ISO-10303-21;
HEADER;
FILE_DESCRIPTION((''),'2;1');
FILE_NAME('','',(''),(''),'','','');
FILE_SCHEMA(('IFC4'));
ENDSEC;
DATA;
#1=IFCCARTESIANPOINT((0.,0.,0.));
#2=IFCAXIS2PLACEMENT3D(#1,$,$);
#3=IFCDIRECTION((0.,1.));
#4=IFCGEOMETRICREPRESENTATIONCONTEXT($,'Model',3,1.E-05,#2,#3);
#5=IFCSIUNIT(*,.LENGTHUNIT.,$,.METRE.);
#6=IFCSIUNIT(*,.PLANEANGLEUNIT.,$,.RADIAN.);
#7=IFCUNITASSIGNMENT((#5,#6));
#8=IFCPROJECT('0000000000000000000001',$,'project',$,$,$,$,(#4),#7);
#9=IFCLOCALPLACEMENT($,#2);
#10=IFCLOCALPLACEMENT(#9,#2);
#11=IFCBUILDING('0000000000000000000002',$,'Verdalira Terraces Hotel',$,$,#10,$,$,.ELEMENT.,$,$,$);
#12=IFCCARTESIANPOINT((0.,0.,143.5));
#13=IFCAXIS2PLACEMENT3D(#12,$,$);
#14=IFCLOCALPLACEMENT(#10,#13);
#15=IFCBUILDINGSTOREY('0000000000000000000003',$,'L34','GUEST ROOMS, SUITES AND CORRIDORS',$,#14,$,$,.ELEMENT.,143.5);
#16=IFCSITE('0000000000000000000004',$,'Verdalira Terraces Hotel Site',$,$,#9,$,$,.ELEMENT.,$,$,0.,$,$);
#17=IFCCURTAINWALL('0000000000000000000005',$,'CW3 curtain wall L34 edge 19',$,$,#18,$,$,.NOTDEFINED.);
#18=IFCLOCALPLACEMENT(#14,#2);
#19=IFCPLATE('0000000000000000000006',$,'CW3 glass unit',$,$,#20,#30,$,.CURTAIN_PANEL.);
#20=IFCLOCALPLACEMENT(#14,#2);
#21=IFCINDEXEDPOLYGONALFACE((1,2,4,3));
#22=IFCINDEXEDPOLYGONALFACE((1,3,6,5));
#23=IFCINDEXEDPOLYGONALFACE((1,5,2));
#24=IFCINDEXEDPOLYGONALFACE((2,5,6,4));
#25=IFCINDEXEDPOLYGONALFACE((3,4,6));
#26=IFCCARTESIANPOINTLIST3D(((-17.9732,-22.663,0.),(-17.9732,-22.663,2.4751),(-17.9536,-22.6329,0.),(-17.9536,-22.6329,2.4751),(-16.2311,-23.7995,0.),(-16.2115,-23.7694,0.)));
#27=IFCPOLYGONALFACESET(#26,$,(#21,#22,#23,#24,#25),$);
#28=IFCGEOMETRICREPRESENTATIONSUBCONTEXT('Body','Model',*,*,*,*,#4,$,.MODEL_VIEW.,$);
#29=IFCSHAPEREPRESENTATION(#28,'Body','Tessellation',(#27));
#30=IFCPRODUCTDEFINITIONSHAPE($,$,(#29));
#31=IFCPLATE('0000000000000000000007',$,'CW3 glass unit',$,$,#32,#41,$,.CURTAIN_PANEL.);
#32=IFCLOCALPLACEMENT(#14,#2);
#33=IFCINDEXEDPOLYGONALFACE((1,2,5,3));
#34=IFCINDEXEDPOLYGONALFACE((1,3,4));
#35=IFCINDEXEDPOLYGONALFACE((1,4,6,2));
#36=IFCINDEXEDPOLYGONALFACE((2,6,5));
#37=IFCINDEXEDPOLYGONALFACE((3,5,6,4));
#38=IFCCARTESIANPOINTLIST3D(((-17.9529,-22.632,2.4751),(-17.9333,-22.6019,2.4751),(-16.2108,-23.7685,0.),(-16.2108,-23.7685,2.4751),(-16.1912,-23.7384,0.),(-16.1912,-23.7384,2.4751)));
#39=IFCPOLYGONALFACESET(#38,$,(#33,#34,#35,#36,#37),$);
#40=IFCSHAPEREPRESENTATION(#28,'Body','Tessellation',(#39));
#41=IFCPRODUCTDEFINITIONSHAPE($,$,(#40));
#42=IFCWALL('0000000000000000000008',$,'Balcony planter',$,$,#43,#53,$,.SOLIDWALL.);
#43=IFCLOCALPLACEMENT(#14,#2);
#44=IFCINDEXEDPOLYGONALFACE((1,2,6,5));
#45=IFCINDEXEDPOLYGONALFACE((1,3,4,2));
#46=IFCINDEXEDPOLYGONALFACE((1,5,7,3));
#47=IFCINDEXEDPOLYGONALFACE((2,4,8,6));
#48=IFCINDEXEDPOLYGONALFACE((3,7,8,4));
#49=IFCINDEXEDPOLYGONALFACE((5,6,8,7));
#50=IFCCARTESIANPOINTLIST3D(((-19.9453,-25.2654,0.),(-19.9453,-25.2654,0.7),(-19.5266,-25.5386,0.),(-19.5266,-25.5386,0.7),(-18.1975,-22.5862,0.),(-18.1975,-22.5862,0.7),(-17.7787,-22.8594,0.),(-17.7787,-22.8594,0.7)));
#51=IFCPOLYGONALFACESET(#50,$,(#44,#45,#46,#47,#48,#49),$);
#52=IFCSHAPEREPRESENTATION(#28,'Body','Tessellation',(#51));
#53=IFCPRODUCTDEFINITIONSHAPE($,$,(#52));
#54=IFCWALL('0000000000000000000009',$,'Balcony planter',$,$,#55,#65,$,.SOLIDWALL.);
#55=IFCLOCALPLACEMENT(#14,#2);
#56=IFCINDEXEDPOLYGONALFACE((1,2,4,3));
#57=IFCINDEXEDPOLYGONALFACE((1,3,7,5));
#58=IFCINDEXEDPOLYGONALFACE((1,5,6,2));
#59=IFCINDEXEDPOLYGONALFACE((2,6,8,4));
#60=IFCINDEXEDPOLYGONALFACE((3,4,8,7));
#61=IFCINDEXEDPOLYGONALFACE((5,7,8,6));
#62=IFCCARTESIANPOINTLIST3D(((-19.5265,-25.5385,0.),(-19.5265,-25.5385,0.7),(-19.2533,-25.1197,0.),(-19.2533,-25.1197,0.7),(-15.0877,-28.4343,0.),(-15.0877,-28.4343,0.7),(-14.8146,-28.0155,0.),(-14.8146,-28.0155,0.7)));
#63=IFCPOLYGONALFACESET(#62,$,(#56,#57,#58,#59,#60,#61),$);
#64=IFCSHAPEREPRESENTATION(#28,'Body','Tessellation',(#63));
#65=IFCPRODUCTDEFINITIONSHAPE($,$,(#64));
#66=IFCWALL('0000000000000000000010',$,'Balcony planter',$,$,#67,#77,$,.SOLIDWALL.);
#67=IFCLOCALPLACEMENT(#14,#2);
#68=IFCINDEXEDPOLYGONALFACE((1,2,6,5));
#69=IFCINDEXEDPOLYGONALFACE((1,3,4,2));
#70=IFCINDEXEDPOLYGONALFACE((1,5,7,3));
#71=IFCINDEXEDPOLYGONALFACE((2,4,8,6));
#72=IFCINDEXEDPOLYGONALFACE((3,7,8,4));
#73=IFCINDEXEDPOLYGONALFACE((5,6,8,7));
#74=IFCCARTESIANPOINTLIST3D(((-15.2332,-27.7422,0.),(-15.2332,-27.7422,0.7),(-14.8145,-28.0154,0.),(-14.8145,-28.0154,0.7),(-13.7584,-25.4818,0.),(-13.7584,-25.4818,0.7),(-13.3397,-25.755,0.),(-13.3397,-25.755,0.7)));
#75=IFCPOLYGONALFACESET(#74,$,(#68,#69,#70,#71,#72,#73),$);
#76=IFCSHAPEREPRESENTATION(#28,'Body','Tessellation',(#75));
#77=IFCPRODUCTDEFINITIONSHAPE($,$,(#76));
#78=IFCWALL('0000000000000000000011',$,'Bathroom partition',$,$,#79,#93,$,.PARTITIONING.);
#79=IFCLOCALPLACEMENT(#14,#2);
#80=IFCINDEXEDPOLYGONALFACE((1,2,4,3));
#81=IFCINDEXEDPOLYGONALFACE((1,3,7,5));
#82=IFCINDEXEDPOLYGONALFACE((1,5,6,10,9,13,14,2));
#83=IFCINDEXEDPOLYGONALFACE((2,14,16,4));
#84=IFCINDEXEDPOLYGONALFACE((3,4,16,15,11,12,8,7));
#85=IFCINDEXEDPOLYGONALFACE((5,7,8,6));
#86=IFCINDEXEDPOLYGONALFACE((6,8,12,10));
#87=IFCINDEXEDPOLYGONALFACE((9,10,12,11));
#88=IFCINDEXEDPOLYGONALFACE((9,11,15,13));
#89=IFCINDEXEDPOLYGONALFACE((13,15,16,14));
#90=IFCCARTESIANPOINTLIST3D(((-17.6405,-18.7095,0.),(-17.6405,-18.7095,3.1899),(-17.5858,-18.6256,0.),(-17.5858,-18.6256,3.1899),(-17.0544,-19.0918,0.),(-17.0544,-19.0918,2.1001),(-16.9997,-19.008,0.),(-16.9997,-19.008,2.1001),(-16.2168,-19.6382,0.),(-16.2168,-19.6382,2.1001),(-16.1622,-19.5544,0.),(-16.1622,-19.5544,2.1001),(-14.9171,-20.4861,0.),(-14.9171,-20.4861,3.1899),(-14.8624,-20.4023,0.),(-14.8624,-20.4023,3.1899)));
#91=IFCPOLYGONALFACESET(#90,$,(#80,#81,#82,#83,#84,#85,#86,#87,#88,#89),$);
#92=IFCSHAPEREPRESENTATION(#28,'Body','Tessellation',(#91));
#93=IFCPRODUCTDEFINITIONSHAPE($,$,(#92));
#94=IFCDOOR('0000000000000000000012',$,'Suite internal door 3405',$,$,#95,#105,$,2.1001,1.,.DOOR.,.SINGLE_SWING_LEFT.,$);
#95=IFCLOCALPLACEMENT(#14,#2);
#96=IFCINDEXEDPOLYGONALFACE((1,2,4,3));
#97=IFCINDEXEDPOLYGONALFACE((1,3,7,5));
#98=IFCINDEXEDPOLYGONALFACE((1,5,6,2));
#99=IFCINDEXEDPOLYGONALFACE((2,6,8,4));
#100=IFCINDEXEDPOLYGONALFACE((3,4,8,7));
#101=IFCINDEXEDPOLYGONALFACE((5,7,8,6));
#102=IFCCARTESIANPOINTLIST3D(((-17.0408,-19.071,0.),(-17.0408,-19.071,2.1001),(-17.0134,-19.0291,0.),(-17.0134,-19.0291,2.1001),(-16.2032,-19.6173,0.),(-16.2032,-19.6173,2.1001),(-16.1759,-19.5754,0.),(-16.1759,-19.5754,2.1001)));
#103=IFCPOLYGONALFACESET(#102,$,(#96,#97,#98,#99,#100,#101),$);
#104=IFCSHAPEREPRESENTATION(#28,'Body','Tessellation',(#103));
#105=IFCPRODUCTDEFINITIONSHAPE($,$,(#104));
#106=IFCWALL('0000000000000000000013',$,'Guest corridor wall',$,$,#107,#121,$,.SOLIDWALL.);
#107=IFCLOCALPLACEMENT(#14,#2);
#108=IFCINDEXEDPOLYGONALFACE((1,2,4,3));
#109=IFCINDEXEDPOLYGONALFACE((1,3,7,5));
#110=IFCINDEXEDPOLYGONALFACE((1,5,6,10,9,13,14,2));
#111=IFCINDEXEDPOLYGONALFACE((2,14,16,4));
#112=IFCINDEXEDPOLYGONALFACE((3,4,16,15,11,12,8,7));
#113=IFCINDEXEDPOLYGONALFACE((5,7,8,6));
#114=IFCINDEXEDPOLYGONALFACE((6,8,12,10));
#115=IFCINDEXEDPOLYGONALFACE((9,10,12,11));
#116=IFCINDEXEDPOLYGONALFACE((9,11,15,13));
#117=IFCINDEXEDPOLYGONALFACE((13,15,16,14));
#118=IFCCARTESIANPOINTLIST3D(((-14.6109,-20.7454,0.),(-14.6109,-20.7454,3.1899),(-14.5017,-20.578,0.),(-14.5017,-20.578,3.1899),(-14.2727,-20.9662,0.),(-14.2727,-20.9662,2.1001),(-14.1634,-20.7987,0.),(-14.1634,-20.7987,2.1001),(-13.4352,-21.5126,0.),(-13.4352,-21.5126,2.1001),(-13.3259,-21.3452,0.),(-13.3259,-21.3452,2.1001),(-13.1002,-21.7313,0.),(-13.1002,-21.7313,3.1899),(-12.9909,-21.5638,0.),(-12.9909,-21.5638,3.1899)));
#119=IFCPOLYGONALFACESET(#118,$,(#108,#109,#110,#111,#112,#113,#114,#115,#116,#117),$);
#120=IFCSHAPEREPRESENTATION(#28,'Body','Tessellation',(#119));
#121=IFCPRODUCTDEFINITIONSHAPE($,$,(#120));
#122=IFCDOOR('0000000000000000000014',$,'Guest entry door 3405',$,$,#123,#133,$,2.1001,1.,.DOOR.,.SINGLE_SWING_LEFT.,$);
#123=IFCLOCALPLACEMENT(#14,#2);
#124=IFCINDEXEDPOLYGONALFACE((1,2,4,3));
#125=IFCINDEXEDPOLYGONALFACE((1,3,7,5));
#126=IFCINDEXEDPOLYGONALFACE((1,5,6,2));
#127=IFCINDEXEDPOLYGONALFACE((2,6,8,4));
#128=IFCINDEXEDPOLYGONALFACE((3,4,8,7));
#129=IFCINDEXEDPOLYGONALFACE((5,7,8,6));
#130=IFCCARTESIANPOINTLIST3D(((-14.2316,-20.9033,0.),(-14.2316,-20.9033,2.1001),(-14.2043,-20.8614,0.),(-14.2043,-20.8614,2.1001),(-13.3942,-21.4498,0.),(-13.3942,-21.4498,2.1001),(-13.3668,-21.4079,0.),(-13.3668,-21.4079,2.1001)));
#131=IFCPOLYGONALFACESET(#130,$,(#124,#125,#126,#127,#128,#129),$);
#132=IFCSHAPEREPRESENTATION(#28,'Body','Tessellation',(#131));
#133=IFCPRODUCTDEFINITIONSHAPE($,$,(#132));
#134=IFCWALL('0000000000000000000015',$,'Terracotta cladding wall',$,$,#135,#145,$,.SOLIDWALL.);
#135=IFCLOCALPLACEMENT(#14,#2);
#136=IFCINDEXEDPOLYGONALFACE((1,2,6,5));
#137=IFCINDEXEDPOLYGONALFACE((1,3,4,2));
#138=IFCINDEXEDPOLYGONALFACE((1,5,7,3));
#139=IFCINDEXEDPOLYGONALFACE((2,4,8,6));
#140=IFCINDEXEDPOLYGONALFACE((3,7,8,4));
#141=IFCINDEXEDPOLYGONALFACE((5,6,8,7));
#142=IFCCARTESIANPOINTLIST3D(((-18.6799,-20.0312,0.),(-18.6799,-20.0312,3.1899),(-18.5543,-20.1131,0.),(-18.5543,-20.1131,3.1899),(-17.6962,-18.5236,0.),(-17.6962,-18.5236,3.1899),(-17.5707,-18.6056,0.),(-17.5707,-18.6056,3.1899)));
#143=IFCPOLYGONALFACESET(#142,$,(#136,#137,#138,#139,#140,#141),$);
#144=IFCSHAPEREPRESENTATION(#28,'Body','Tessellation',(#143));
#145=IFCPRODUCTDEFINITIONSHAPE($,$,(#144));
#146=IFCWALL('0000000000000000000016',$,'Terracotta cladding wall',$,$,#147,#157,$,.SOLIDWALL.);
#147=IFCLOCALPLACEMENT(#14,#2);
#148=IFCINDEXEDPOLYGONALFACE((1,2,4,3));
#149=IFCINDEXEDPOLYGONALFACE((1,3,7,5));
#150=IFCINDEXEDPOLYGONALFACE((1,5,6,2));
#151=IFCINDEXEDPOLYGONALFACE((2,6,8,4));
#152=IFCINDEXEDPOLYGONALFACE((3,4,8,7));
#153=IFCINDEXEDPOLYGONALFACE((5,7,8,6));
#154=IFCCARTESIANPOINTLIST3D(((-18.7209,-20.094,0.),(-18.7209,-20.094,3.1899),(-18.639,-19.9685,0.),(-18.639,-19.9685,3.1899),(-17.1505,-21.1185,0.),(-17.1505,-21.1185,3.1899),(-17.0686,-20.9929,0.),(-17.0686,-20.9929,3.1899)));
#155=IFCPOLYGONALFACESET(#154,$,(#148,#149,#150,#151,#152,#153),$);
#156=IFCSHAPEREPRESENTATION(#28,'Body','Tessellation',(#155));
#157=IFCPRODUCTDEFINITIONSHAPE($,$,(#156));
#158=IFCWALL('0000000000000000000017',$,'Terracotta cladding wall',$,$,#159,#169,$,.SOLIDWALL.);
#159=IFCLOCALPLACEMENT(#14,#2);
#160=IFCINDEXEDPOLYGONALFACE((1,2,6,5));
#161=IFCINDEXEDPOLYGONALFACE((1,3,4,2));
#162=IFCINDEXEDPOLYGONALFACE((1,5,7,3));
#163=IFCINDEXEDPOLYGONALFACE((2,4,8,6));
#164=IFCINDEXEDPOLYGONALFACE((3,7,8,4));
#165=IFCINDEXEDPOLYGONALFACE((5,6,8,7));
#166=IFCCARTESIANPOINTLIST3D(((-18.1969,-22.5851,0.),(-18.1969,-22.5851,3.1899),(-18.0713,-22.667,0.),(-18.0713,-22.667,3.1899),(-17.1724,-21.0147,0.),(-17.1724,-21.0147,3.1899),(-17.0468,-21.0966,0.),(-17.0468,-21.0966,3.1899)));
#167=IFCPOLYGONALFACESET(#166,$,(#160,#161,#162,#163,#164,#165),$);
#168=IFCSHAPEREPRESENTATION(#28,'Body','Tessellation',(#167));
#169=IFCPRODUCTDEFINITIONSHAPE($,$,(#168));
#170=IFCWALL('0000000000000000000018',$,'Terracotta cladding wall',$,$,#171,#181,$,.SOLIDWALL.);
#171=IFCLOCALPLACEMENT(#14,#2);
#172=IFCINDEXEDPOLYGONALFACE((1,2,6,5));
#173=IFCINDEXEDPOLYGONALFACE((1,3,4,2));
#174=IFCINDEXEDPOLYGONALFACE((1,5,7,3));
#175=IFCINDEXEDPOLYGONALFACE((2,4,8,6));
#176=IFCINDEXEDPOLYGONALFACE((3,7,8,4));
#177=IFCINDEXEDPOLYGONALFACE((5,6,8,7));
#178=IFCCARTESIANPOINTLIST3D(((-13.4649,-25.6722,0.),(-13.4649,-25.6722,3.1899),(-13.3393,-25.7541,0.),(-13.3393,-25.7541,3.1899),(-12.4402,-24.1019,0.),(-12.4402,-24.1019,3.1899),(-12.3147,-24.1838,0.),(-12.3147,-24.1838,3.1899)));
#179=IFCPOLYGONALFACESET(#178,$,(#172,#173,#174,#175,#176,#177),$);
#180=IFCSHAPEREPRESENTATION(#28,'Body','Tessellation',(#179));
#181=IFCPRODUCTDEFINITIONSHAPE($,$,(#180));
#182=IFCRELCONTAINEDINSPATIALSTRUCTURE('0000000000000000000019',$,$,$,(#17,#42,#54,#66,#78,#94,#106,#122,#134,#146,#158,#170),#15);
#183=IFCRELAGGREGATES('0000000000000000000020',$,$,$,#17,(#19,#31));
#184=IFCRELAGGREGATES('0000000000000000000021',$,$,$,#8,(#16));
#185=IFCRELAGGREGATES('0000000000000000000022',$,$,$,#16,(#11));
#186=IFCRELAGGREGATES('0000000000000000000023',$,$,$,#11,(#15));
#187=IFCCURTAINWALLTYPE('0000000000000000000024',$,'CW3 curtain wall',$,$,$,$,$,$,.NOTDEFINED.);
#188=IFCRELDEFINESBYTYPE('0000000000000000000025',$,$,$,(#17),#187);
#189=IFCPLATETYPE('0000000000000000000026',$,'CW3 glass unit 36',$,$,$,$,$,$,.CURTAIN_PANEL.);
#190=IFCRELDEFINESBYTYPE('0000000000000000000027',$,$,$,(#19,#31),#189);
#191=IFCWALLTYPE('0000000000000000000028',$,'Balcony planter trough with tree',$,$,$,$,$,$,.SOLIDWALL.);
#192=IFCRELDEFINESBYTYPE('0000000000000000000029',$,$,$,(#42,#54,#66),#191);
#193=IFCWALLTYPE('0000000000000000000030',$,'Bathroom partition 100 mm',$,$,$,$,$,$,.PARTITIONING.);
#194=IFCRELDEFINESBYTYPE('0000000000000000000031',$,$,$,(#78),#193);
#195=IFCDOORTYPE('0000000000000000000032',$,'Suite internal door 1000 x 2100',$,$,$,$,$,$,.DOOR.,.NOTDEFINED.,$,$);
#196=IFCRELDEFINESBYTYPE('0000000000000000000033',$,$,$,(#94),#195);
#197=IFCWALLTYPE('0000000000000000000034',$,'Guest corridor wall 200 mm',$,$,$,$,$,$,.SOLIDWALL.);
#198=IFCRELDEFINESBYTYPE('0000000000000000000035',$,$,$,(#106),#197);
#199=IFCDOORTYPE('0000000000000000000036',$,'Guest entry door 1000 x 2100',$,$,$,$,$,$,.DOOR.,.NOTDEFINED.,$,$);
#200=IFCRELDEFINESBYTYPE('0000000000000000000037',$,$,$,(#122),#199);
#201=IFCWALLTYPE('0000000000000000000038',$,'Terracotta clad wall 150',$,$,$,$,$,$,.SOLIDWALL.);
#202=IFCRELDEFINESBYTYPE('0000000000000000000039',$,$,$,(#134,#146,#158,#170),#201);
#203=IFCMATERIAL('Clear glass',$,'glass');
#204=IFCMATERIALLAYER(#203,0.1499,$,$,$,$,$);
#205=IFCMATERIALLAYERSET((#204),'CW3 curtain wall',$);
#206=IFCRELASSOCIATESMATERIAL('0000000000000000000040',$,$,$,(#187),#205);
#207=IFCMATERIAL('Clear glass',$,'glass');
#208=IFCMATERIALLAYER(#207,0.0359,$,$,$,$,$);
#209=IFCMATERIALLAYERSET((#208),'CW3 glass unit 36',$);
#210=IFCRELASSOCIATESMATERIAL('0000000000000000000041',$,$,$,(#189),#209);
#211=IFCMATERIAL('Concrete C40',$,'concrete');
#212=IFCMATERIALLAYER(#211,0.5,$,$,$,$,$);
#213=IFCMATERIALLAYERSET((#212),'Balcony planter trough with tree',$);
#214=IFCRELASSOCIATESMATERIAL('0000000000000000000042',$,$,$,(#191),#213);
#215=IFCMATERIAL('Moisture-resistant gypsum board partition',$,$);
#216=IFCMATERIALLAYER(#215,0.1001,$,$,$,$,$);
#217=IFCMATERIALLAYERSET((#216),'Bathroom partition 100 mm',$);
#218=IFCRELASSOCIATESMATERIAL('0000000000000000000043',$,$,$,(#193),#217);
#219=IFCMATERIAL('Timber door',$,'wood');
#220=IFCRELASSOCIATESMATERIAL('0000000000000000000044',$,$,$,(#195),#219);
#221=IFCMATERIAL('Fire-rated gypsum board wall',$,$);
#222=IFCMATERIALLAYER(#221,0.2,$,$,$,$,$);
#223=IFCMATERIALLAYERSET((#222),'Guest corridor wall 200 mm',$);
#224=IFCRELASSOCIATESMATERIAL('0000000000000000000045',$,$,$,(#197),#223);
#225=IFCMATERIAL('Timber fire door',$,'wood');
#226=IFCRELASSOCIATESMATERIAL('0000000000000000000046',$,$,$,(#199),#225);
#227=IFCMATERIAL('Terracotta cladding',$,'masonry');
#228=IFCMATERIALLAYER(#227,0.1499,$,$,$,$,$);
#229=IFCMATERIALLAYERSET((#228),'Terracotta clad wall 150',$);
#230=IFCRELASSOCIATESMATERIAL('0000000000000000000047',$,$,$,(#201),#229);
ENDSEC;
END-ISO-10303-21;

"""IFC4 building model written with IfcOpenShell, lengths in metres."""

from ifc_helpers import new_model, si_unit, direction, frame, frame_2d, origin, place, context, subcontext, project, spatial, polyline, rectangle, outline, extrude, material, layer, layer_set, type_object, element, fill, aggregate, save


model = new_model("IFC4")

# Units and contexts
model_context = context("Model", 3, precision=1e-05, world=origin(), true_north=direction((0.0, 1.0)))
body_context = subcontext(model_context, "Body", "Model", "MODEL_VIEW")
ifc_project = project(units=[si_unit("LENGTHUNIT", "METRE"), si_unit("PLANEANGLEUNIT", "RADIAN")], contexts=[model_context])

# Site, building, storey
site_placement = place(None, origin())
site = spatial("IfcSite", under=ifc_project, at=site_placement, Name="Verdalira Terraces Hotel Site", CompositionType="ELEMENT", RefElevation=0.0)
building_placement = place(site_placement, origin())
building = spatial("IfcBuilding", under=site, at=building_placement, Name="Verdalira Terraces Hotel", CompositionType="ELEMENT")
storey_placement = place(building_placement, frame((0.0, 0.0, 143.5)))
storey = spatial("IfcBuildingStorey", under=building, at=storey_placement, Name="L34", Description="GUEST ROOMS, SUITES AND CORRIDORS", CompositionType="ELEMENT", Elevation=143.5)

# Curtain wall
ifc_material_1 = material(Name="Clear glass", Category="glass")
ifc_layer_1 = layer(ifc_material_1, 0.1499)
ifc_layer_set_1 = layer_set([ifc_layer_1], Name="CW3 curtain wall")
curtain_wall_type = type_object("IfcCurtainWallType", Name="CW3 curtain wall", PredefinedType="NOTDEFINED", material=ifc_layer_set_1)
curtain_wall_placement = place(storey_placement, origin())
curtain_wall = element("IfcCurtainWall", 1, at=curtain_wall_placement, inside=storey, type_object=curtain_wall_type, Name="CW3 curtain wall L34 edge 19", PredefinedType="NOTDEFINED")

# Plates
ifc_material_2 = material(Name="Clear glass", Category="glass")
ifc_layer_2 = layer(ifc_material_2, 0.0359)
ifc_layer_set_2 = layer_set([ifc_layer_2], Name="CW3 glass unit 36")
plate_type = type_object("IfcPlateType", Name="CW3 glass unit 36", PredefinedType="CURTAIN_PANEL", material=ifc_layer_set_2)
plate_1_placement = place(storey_placement, frame((-17.0825, -23.2012, 1.2375), z_axis=(-0.546394, -0.837528, 0.0), x_axis=(0.837528, -0.546394, 0.0)))
plate_1 = element("IfcPlate", 2, at=plate_1_placement, type_object=plate_type, Name="CW3 glass unit", PredefinedType="CURTAIN_PANEL", context=body_context, shape_type="SweptSolid", body=[
    extrude(outline(polyline([(-1.04, -1.2375), (1.04, -1.2375), (-1.04, 1.2375), (-1.04, -1.2375)])), origin(), (0.0, 0.0, 1.0), 0.0359),
])
plate_2_placement = place(storey_placement, frame((-17.0623, -23.1702, 1.2375), z_axis=(-0.546394, -0.837528, 0.0), x_axis=(0.837528, -0.546394, 0.0)))
plate_2 = element("IfcPlate", 3, at=plate_2_placement, type_object=plate_type, Name="CW3 glass unit", PredefinedType="CURTAIN_PANEL", context=body_context, shape_type="SweptSolid", body=[
    extrude(outline(polyline([(1.04, -1.2375), (1.04, 1.2375), (-1.04, 1.2375), (1.04, -1.2375)])), origin(), (0.0, 0.0, 1.0), 0.0359),
])
aggregate(curtain_wall, [plate_1, plate_2])

# Walls
ifc_material_3 = material(Name="Concrete C40", Category="concrete")
ifc_layer_3 = layer(ifc_material_3, 0.5)
ifc_layer_set_3 = layer_set([ifc_layer_3], Name="Balcony planter trough with tree")
wall_type_1 = type_object("IfcWallType", Name="Balcony planter trough with tree", PredefinedType="SOLIDWALL", material=ifc_layer_set_3)
wall_1_placement = place(storey_placement, frame((-17.988, -22.7227, 0.0), z_axis=(0.0, 0.0, 1.0), x_axis=(-0.546377, -0.837539, 0.0)))
element("IfcWall", 4, at=wall_1_placement, inside=storey, type_object=wall_type_1, Name="Balcony planter", PredefinedType="SOLIDWALL", context=body_context, shape_type="SweptSolid", body=[
    extrude(rectangle(XDim=3.199, YDim=0.5, at=frame_2d((1.5996, 0.0))), origin(), (0.0, 0.0, 1.0), 0.7),
])
wall_2_placement = place(storey_placement, frame((-19.3899, -25.3291, 0.0), z_axis=(0.0, 0.0, 1.0), x_axis=(0.83753, -0.546391, 0.0)))
element("IfcWall", 5, at=wall_2_placement, inside=storey, type_object=wall_type_1, Name="Balcony planter", PredefinedType="SOLIDWALL", context=body_context, shape_type="SweptSolid", body=[
    extrude(rectangle(XDim=5.2998, YDim=0.5, at=frame_2d((2.6499, 0.0))), origin(), (0.0, 0.0, 1.0), 0.7),
])
wall_3_placement = place(storey_placement, frame((-15.0239, -27.8789, 0.0), z_axis=(0.0, 0.0, 1.0), x_axis=(0.546428, 0.837506, 0.0)))
element("IfcWall", 6, at=wall_3_placement, inside=storey, type_object=wall_type_1, Name="Balcony planter", PredefinedType="SOLIDWALL", context=body_context, shape_type="SweptSolid", body=[
    extrude(rectangle(XDim=2.699, YDim=0.5, at=frame_2d((1.3496, 0.0))), origin(), (0.0, 0.0, 1.0), 0.7),
])

# Walls, openings, doors
ifc_material_4 = material(Name="Moisture-resistant gypsum board partition")
ifc_layer_4 = layer(ifc_material_4, 0.1001)
ifc_layer_set_4 = layer_set([ifc_layer_4], Name="Bathroom partition 100 mm")
wall_type_2 = type_object("IfcWallType", Name="Bathroom partition 100 mm", PredefinedType="PARTITIONING", material=ifc_layer_set_4)
wall_4_placement = place(storey_placement, frame((-17.6133, -18.6675, 0.0), z_axis=(0.0, 0.0, 1.0), x_axis=(0.837542, -0.546373, 0.0)))
wall_4 = element("IfcWall", 7, at=wall_4_placement, inside=storey, type_object=wall_type_2, Name="Bathroom partition", PredefinedType="PARTITIONING", context=body_context, shape_type="SweptSolid", body=[
    extrude(rectangle(XDim=3.2517, YDim=0.1001, at=frame_2d((1.626, 0.0))), origin(), (0.0, 0.0, 1.0), 3.1899),
])
opening_1_placement = place(wall_4_placement, frame((0.7, 0.0, 0.0)))
opening_1 = element("IfcOpeningElement", 8, at=opening_1_placement, cuts=wall_4, PredefinedType="OPENING", context=body_context, shape_type="SweptSolid", body=[
    extrude(rectangle(XDim=1.0, YDim=2.1001, at=frame_2d((0.5, 1.05))), frame((0.0, 0.0601, 0.0), z_axis=(0.0, -1.0, 0.0), x_axis=(1.0, 0.0, 0.0)), (0.0, 0.0, 1.0), 0.1201),
])
ifc_material_5 = material(Name="Timber door", Category="wood")
door_type_1 = type_object("IfcDoorType", Name="Suite internal door 1000 x 2100", OperationType="NOTDEFINED", PredefinedType="DOOR", material=ifc_material_5)
door_1_placement = place(opening_1_placement, origin())
door_1 = element("IfcDoor", 9, at=door_1_placement, inside=storey, type_object=door_type_1, Name="Suite internal door 3405", OperationType="SINGLE_SWING_LEFT", OverallHeight=2.1001, OverallWidth=1.0, PredefinedType="DOOR", context=body_context, shape_type="SweptSolid", body=[
    extrude(rectangle(XDim=1.0, YDim=2.1001, at=frame_2d((0.5, 1.05))), frame((0.0, 0.0249, 0.0), z_axis=(0.0, -1.0, 0.0), x_axis=(1.0, 0.0, 0.0)), (0.0, 0.0, 1.0), 0.05),
])
fill(opening_1, door_1)
ifc_material_6 = material(Name="Fire-rated gypsum board wall")
ifc_layer_5 = layer(ifc_material_6, 0.2)
ifc_layer_set_5 = layer_set([ifc_layer_5], Name="Guest corridor wall 200 mm")
wall_type_3 = type_object("IfcWallType", Name="Guest corridor wall 200 mm", PredefinedType="SOLIDWALL", material=ifc_layer_set_5)
wall_5_placement = place(storey_placement, frame((-13.0457, -21.6475, 0.0), z_axis=(0.0, 0.0, 1.0), x_axis=(-0.837465, 0.546491, 0.0)))
wall_5 = element("IfcWall", 10, at=wall_5_placement, inside=storey, type_object=wall_type_3, Name="Guest corridor wall", PredefinedType="SOLIDWALL", context=body_context, shape_type="SweptSolid", body=[
    extrude(rectangle(XDim=1.804, YDim=0.2, at=frame_2d((0.9019, 0.0))), origin(), (0.0, 0.0, 1.0), 3.1899),
])
opening_2_placement = place(wall_5_placement, frame((0.3999, 0.0, 0.0)))
opening_2 = element("IfcOpeningElement", 11, at=opening_2_placement, cuts=wall_5, PredefinedType="OPENING", context=body_context, shape_type="SweptSolid", body=[
    extrude(rectangle(XDim=1.0, YDim=2.1001, at=frame_2d((0.5, 1.05))), frame((0.0, 0.1099, 0.0), z_axis=(0.0, -1.0, 0.0), x_axis=(1.0, 0.0, 0.0)), (0.0, 0.0, 1.0), 0.22),
])
ifc_material_7 = material(Name="Timber fire door", Category="wood")
door_type_2 = type_object("IfcDoorType", Name="Guest entry door 1000 x 2100", OperationType="NOTDEFINED", PredefinedType="DOOR", material=ifc_material_7)
door_2_placement = place(opening_2_placement, origin())
door_2 = element("IfcDoor", 12, at=door_2_placement, inside=storey, type_object=door_type_2, Name="Guest entry door 3405", OperationType="SINGLE_SWING_LEFT", OverallHeight=2.1001, OverallWidth=1.0, PredefinedType="DOOR", context=body_context, shape_type="SweptSolid", body=[
    extrude(rectangle(XDim=1.0, YDim=2.1001, at=frame_2d((0.5, 1.05))), frame((0.0, 0.0249, 0.0), z_axis=(0.0, -1.0, 0.0), x_axis=(1.0, 0.0, 0.0)), (0.0, 0.0, 1.0), 0.05),
])
fill(opening_2, door_2)

# Walls
ifc_material_8 = material(Name="Terracotta cladding", Category="masonry")
ifc_layer_6 = layer(ifc_material_8, 0.1499)
ifc_layer_set_6 = layer_set([ifc_layer_6], Name="Terracotta clad wall 150")
wall_type_4 = type_object("IfcWallType", Name="Terracotta clad wall 150", PredefinedType="SOLIDWALL", material=ifc_layer_set_6)
wall_6_placement = place(storey_placement, frame((-17.6335, -18.5647, 0.0), z_axis=(0.0, 0.0, 1.0), x_axis=(-0.546442, -0.837497, 0.0)))
element("IfcWall", 13, at=wall_6_placement, inside=storey, type_object=wall_type_4, Name="Terracotta cladding wall", PredefinedType="SOLIDWALL", context=body_context, shape_type="SweptSolid", body=[
    extrude(rectangle(XDim=1.8, YDim=0.1499, at=frame_2d((0.8999, 0.0))), origin(), (0.0, 0.0, 1.0), 3.1899),
])
for number, where, z_axis, x_axis, name in (
    (14, (-18.6799, -20.0312, 0.0), (0.0, 0.0, 1.0), (0.837538, -0.546379, 0.0), "Terracotta cladding wall"),
    (15, (-17.1096, -21.0557, 0.0), (0.0, 0.0, 1.0), (-0.546379, -0.837538, 0.0), "Terracotta cladding wall"),
    (16, (-13.4021, -25.7131, 0.0), (0.0, 0.0, 1.0), (0.54647, 0.837478, 0.0), "Terracotta cladding wall"),
):
    element("IfcWall", number, at=place(storey_placement, frame(where, z_axis=z_axis, x_axis=x_axis)), inside=storey, type_object=wall_type_4, Name=name, PredefinedType="SOLIDWALL", context=body_context, shape_type="SweptSolid", body=[
        extrude(rectangle(XDim=1.875, YDim=0.1499, at=frame_2d((0.9375, 0.0))), origin(), (0.0, 0.0, 1.0), 3.1899),
    ])

save(model, "model.ifc")
